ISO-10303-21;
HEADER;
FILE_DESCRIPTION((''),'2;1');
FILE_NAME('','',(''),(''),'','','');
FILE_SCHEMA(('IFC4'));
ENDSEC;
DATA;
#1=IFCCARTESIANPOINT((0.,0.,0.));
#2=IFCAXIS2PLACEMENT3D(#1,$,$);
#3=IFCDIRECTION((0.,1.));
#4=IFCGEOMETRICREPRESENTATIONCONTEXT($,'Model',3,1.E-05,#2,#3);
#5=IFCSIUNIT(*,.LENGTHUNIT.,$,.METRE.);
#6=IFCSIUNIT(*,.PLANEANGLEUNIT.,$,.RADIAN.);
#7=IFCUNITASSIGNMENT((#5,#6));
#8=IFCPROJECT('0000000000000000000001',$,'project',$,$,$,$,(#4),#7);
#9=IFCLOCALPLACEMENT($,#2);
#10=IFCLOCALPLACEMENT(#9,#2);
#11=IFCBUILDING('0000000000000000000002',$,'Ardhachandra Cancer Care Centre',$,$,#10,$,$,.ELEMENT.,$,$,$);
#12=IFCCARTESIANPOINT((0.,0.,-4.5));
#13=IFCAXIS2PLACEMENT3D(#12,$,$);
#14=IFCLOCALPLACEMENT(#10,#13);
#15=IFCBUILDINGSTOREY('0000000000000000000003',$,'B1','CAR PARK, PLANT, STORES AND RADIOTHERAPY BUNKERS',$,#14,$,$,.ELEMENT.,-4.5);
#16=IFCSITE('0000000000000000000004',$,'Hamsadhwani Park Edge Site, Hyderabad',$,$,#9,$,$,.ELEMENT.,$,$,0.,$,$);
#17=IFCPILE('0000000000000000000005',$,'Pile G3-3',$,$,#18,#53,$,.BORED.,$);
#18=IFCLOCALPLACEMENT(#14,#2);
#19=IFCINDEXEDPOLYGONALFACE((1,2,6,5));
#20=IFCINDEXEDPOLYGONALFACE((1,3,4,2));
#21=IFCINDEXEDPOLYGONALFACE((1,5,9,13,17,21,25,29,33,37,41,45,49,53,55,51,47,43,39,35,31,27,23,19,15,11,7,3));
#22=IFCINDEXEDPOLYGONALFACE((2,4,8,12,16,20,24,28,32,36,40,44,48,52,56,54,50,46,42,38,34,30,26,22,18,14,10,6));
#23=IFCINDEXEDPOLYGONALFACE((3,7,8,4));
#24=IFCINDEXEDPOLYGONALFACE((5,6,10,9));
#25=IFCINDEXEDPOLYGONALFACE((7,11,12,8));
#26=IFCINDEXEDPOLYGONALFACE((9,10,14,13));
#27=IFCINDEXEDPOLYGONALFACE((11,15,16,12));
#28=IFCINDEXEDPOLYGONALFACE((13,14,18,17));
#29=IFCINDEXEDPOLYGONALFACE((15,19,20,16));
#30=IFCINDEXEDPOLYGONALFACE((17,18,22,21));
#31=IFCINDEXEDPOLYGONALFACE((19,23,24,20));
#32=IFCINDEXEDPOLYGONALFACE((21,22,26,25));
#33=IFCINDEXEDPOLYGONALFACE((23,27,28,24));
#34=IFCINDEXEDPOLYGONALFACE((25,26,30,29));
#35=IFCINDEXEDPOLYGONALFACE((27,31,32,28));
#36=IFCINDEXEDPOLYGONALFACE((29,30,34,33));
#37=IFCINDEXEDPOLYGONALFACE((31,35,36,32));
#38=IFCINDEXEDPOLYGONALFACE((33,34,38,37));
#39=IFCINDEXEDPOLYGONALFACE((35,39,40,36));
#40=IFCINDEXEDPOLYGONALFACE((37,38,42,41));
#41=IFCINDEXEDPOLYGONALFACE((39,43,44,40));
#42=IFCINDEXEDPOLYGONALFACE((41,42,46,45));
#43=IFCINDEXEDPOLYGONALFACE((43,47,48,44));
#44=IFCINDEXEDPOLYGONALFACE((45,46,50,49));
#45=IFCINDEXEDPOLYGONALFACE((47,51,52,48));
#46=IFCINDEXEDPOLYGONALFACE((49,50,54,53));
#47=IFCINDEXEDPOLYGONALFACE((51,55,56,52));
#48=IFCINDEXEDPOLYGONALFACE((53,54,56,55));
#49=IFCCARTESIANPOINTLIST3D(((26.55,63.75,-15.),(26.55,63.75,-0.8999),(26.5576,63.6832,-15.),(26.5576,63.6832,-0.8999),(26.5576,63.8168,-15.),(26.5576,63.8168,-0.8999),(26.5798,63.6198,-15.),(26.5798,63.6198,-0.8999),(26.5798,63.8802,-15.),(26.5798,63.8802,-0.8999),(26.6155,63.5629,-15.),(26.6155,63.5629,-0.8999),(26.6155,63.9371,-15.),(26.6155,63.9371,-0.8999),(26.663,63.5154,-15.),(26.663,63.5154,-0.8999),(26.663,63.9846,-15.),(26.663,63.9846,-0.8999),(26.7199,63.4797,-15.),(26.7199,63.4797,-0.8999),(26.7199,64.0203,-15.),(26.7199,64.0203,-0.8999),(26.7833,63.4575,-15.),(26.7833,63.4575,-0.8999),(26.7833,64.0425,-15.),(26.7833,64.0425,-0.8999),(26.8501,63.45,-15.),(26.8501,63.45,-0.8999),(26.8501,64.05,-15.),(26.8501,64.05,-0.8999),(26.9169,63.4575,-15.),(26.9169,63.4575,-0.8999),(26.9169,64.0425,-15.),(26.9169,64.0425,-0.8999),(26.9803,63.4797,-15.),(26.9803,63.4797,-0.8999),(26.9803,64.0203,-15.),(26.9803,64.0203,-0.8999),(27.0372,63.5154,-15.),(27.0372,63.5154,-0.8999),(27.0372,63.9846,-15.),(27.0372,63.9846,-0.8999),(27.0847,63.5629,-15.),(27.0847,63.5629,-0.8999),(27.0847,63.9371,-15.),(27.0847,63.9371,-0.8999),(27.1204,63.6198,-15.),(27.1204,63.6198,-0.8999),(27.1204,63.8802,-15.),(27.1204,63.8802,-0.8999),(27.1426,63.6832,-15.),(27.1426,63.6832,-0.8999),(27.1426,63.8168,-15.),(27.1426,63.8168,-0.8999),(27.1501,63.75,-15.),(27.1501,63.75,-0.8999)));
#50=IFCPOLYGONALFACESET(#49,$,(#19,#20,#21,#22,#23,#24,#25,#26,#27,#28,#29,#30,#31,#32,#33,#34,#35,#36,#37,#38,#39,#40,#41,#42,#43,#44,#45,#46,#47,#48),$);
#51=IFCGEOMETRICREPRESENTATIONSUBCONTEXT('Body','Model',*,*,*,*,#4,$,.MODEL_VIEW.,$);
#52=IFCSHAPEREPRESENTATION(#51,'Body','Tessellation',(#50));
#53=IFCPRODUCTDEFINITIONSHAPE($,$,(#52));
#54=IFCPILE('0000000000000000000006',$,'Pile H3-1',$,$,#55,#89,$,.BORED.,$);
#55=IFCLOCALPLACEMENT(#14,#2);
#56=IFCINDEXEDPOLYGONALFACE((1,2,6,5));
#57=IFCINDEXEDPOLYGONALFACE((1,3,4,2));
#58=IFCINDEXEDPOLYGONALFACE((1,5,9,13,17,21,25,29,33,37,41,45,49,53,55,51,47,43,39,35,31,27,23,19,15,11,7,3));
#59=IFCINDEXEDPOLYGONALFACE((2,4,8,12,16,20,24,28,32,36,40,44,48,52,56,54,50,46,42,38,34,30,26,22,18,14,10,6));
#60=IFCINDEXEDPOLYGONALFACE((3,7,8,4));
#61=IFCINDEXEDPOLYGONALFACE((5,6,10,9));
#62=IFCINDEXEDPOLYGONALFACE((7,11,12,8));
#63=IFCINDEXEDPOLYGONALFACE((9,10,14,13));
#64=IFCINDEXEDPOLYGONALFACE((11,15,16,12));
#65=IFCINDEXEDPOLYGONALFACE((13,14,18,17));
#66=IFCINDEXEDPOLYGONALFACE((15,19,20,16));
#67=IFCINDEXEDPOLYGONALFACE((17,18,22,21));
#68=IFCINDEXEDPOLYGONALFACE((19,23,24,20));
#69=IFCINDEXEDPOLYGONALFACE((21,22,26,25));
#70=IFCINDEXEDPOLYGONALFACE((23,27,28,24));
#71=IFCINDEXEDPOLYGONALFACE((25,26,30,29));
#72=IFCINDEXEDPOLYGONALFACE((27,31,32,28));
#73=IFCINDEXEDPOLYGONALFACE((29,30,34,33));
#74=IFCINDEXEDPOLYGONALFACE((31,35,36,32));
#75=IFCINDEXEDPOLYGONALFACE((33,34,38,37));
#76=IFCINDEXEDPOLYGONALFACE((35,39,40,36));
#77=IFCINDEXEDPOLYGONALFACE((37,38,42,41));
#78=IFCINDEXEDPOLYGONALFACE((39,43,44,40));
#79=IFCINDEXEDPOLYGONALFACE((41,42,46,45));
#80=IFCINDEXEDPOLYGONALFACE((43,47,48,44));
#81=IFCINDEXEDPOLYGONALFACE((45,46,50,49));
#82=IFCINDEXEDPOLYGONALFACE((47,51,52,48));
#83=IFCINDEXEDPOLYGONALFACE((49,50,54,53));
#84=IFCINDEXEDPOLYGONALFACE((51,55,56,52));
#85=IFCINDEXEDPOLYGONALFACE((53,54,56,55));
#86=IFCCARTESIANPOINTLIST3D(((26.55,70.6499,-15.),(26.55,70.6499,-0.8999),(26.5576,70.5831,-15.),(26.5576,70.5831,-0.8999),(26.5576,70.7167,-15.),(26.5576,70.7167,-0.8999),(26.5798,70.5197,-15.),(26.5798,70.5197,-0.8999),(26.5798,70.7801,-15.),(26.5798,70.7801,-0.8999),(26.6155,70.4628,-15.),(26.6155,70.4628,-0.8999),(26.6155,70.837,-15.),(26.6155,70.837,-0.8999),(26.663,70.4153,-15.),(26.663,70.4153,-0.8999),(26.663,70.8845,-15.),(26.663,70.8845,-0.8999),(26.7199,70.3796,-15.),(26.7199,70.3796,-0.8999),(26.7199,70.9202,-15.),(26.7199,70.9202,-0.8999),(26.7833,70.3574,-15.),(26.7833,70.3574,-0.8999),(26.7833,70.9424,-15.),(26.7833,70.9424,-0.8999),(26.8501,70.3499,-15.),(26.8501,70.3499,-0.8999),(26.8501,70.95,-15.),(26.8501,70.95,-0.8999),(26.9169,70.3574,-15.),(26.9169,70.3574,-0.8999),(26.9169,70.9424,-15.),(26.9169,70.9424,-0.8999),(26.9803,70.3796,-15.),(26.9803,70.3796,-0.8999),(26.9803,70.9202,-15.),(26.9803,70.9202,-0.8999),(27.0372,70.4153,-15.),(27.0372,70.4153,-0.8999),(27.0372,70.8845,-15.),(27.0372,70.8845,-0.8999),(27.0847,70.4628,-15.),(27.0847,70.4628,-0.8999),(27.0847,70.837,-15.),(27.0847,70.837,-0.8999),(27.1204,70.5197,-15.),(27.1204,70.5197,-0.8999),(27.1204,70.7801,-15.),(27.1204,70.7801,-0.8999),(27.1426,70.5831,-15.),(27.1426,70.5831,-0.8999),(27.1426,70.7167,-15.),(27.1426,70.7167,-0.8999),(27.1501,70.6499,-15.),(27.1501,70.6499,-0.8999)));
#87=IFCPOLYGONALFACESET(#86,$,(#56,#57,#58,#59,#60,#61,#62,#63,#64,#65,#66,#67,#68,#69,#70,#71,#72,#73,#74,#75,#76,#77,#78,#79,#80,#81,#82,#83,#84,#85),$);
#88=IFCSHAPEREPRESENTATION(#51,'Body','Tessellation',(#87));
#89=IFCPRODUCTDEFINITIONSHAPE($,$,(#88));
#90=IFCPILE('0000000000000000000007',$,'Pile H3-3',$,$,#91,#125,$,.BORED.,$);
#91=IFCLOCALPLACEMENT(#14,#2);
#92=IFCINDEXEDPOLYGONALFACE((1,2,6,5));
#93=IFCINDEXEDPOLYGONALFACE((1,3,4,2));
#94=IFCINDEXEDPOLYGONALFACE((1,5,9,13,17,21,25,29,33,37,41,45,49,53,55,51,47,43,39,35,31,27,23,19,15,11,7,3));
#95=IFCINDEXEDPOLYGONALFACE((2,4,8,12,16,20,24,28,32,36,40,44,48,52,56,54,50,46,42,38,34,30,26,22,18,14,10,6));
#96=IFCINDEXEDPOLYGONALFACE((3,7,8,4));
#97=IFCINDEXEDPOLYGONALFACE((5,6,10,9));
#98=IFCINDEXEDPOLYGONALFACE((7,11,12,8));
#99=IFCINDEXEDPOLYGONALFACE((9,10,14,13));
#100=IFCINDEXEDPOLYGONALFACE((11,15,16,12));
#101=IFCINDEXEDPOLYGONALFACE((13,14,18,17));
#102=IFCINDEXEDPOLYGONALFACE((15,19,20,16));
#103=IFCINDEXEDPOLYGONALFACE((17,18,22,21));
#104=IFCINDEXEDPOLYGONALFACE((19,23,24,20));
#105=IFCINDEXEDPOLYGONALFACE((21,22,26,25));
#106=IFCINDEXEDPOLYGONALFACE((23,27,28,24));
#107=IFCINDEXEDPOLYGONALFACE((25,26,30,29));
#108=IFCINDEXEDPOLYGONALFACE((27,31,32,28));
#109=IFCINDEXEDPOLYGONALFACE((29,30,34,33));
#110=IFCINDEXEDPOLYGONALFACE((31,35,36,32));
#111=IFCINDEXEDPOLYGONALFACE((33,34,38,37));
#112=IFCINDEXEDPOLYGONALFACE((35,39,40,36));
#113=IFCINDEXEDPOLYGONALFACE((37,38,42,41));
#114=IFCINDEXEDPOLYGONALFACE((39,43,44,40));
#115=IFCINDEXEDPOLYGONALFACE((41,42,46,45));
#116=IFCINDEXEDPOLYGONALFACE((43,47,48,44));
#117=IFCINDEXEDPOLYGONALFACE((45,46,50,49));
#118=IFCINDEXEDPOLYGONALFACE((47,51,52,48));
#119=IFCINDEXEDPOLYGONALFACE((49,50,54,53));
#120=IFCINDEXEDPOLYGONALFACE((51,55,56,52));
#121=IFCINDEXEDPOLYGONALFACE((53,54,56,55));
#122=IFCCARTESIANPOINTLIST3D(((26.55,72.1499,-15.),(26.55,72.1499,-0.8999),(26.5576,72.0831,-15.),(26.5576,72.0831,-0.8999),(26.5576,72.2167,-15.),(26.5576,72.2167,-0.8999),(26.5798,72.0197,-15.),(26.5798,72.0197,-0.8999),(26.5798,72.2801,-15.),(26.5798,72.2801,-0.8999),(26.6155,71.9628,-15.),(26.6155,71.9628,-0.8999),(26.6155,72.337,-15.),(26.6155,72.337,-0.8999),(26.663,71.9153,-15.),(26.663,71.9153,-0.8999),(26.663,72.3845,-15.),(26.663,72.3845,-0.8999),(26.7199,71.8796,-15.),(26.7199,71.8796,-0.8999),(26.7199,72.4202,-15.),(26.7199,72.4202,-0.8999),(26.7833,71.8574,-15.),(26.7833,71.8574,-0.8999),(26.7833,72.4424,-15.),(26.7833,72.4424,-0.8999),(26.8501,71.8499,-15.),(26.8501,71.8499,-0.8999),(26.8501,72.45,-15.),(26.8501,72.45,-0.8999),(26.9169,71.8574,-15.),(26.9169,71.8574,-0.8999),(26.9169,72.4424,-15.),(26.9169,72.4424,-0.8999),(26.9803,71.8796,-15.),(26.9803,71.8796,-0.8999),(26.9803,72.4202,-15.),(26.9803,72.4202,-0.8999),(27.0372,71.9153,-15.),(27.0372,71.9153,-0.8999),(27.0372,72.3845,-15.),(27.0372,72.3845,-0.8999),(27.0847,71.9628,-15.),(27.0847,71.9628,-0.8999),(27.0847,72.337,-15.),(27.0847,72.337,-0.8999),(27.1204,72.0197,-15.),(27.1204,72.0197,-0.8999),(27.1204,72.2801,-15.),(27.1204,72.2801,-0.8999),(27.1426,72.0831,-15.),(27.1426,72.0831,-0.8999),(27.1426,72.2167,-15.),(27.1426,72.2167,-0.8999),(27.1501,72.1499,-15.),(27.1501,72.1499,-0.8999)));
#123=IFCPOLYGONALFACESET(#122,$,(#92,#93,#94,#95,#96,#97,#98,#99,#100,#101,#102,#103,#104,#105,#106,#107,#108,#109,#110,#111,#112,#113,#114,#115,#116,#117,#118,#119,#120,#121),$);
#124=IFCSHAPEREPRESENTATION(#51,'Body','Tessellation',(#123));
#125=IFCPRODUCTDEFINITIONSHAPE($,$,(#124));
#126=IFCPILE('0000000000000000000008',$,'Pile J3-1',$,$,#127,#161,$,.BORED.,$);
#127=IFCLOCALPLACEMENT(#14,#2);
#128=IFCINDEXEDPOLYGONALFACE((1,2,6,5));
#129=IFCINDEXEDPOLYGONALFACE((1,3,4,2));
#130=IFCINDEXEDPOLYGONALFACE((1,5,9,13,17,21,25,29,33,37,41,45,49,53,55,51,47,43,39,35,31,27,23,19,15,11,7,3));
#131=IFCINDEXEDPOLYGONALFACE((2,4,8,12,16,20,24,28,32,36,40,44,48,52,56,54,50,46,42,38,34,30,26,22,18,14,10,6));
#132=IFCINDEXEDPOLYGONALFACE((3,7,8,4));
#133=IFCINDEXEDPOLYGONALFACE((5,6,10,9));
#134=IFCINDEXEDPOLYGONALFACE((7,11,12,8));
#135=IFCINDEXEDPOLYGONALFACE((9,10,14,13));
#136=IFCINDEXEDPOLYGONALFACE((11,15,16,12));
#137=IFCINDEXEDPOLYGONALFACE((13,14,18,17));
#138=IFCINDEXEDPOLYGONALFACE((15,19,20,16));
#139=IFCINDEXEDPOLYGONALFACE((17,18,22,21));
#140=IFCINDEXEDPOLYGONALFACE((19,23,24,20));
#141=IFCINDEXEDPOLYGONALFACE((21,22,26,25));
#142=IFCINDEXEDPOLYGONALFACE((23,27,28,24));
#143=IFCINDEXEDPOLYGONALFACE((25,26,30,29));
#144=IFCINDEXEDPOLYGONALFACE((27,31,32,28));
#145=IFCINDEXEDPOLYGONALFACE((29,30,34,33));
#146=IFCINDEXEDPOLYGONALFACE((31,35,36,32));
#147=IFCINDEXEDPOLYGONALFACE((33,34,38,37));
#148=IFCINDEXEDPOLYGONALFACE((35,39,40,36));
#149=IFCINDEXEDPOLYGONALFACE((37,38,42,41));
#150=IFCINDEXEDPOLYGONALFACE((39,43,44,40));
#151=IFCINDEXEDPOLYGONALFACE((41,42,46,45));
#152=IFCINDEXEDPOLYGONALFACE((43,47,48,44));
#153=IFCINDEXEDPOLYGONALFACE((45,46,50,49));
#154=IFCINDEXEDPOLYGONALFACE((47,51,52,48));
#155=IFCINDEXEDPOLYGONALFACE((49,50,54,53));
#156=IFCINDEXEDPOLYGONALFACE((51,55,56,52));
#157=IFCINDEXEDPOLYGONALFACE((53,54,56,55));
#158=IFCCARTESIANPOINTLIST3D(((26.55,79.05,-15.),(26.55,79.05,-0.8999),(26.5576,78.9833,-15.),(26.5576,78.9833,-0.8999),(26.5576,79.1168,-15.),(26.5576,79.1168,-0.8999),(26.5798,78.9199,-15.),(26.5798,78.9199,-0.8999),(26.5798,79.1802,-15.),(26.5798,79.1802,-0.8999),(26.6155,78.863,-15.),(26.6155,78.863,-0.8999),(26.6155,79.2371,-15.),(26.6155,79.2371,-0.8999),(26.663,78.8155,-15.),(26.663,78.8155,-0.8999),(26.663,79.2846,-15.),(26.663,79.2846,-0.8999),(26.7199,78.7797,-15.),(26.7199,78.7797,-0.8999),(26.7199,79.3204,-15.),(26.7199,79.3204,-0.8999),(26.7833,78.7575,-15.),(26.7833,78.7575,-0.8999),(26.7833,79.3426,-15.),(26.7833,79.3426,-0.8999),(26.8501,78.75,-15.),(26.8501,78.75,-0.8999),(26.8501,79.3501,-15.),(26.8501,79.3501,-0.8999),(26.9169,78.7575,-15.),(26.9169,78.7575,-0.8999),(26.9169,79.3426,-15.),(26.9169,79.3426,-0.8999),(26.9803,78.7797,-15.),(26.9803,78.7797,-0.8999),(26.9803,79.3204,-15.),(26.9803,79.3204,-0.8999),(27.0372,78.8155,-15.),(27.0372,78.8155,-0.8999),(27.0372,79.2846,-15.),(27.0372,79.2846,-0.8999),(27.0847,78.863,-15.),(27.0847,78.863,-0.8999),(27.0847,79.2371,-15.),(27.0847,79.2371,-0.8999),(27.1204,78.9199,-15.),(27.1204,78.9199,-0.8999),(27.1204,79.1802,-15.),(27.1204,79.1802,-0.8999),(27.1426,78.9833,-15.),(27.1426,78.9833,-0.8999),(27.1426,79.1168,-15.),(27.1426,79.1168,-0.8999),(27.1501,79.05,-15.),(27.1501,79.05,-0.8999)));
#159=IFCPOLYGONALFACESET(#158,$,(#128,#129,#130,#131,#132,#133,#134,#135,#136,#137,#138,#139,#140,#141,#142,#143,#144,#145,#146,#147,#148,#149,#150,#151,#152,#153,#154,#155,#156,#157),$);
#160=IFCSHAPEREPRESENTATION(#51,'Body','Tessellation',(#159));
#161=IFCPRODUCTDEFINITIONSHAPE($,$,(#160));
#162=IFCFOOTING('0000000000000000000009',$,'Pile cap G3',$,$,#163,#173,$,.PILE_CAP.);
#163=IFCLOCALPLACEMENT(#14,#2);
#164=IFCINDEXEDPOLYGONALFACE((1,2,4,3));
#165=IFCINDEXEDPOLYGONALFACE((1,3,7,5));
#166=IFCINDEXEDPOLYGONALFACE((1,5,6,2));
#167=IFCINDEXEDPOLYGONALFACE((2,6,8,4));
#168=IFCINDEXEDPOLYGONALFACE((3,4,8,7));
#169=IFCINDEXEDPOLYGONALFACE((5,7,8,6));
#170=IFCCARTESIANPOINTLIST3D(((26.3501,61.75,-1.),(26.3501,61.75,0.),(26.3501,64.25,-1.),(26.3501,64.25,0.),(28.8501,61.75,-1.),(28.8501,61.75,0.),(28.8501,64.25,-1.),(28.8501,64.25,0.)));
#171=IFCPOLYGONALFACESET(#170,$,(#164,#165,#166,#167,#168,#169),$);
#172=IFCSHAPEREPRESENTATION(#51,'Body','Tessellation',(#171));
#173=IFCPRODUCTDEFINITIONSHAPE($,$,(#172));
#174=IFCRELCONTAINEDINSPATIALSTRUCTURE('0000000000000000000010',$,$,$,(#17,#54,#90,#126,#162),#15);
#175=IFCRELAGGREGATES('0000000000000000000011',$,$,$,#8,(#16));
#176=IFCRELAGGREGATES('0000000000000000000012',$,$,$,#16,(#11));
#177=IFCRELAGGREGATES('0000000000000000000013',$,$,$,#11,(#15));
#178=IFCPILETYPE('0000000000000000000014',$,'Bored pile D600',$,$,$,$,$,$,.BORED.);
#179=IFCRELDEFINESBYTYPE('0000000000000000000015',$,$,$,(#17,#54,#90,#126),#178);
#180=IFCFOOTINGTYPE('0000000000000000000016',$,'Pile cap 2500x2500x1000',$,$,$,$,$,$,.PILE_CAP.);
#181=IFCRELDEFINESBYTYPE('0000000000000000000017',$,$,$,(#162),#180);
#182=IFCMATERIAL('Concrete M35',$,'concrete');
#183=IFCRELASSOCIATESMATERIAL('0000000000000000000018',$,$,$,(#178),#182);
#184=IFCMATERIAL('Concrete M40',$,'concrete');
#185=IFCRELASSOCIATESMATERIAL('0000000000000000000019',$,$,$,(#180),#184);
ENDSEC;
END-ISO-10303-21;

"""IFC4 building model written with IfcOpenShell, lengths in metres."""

from ifc_helpers import new_model, si_unit, direction, frame, origin, origin_2d, place, context, subcontext, project, spatial, rectangle, circle, extrude, material, material_profile, profile_set, type_object, element, save


model = new_model("IFC4")

# Units and contexts
model_context = context("Model", 3, precision=1e-05, world=origin(), true_north=direction((0.0, 1.0)))
body_context = subcontext(model_context, "Body", "Model", "MODEL_VIEW")
ifc_project = project(units=[si_unit("LENGTHUNIT", "METRE"), si_unit("PLANEANGLEUNIT", "RADIAN")], contexts=[model_context])

# Site, building, storey
site_placement = place(None, origin())
site = spatial("IfcSite", under=ifc_project, at=site_placement, Name="Hamsadhwani Park Edge Site, Hyderabad", CompositionType="ELEMENT", RefElevation=0.0)
building_placement = place(site_placement, origin())
building = spatial("IfcBuilding", under=site, at=building_placement, Name="Ardhachandra Cancer Care Centre", CompositionType="ELEMENT")
storey_placement = place(building_placement, frame((0.0, 0.0, -4.5)))
storey = spatial("IfcBuildingStorey", under=building, at=storey_placement, Name="B1", Description="CAR PARK, PLANT, STORES AND RADIOTHERAPY BUNKERS", CompositionType="ELEMENT", Elevation=-4.5)

# Piles
ifc_material_1 = material(Name="Concrete M35", Category="concrete")
ifc_material_profile_1 = material_profile(ifc_material_1, circle(Radius=0.3, at=origin_2d()), Name="D600")
ifc_profile_set_1 = profile_set([ifc_material_profile_1], Name="Concrete M35")
pile_type = type_object("IfcPileType", Name="Bored pile D600", PredefinedType="BORED", material=ifc_profile_set_1)
for number, where, z_axis, x_axis, name in (
    (1, (26.8501, 63.75, -0.8999), (0.0, 0.0, -1.0), (1.0, 0.0, 0.0), "Pile G3-3"),
    (2, (26.8501, 70.6499, -0.8999), (0.0, 0.0, -1.0), (1.0, 0.0, 0.0), "Pile H3-1"),
    (3, (26.8501, 72.1499, -0.8999), (0.0, 0.0, -1.0), (1.0, 0.0, 0.0), "Pile H3-3"),
    (4, (26.8501, 79.05, -0.8999), (0.0, 0.0, -1.0), (1.0, 0.0, 0.0), "Pile J3-1"),
):
    element("IfcPile", number, at=place(storey_placement, frame(where, z_axis=z_axis, x_axis=x_axis)), inside=storey, type_object=pile_type, Name=name, PredefinedType="BORED", context=body_context, shape_type="SweptSolid", body=[
        extrude(circle(Radius=0.3, at=origin_2d()), origin(), (0.0, 0.0, 1.0), 14.1001),
    ])

# Footing
ifc_material_2 = material(Name="Concrete M40", Category="concrete")
footing_type = type_object("IfcFootingType", Name="Pile cap 2500x2500x1000", PredefinedType="PILE_CAP", material=ifc_material_2)
footing_placement = place(storey_placement, frame((27.6001, 63.0, -1.0), z_axis=(0.0, 0.0, 1.0), x_axis=(1.0, 0.0, 0.0)))
element("IfcFooting", 5, at=footing_placement, inside=storey, type_object=footing_type, Name="Pile cap G3", PredefinedType="PILE_CAP", context=body_context, shape_type="SweptSolid", body=[
    extrude(rectangle(XDim=2.5, YDim=2.5, at=origin_2d()), origin(), (0.0, 0.0, 1.0), 1.0),
])

save(model, "model.ifc")
